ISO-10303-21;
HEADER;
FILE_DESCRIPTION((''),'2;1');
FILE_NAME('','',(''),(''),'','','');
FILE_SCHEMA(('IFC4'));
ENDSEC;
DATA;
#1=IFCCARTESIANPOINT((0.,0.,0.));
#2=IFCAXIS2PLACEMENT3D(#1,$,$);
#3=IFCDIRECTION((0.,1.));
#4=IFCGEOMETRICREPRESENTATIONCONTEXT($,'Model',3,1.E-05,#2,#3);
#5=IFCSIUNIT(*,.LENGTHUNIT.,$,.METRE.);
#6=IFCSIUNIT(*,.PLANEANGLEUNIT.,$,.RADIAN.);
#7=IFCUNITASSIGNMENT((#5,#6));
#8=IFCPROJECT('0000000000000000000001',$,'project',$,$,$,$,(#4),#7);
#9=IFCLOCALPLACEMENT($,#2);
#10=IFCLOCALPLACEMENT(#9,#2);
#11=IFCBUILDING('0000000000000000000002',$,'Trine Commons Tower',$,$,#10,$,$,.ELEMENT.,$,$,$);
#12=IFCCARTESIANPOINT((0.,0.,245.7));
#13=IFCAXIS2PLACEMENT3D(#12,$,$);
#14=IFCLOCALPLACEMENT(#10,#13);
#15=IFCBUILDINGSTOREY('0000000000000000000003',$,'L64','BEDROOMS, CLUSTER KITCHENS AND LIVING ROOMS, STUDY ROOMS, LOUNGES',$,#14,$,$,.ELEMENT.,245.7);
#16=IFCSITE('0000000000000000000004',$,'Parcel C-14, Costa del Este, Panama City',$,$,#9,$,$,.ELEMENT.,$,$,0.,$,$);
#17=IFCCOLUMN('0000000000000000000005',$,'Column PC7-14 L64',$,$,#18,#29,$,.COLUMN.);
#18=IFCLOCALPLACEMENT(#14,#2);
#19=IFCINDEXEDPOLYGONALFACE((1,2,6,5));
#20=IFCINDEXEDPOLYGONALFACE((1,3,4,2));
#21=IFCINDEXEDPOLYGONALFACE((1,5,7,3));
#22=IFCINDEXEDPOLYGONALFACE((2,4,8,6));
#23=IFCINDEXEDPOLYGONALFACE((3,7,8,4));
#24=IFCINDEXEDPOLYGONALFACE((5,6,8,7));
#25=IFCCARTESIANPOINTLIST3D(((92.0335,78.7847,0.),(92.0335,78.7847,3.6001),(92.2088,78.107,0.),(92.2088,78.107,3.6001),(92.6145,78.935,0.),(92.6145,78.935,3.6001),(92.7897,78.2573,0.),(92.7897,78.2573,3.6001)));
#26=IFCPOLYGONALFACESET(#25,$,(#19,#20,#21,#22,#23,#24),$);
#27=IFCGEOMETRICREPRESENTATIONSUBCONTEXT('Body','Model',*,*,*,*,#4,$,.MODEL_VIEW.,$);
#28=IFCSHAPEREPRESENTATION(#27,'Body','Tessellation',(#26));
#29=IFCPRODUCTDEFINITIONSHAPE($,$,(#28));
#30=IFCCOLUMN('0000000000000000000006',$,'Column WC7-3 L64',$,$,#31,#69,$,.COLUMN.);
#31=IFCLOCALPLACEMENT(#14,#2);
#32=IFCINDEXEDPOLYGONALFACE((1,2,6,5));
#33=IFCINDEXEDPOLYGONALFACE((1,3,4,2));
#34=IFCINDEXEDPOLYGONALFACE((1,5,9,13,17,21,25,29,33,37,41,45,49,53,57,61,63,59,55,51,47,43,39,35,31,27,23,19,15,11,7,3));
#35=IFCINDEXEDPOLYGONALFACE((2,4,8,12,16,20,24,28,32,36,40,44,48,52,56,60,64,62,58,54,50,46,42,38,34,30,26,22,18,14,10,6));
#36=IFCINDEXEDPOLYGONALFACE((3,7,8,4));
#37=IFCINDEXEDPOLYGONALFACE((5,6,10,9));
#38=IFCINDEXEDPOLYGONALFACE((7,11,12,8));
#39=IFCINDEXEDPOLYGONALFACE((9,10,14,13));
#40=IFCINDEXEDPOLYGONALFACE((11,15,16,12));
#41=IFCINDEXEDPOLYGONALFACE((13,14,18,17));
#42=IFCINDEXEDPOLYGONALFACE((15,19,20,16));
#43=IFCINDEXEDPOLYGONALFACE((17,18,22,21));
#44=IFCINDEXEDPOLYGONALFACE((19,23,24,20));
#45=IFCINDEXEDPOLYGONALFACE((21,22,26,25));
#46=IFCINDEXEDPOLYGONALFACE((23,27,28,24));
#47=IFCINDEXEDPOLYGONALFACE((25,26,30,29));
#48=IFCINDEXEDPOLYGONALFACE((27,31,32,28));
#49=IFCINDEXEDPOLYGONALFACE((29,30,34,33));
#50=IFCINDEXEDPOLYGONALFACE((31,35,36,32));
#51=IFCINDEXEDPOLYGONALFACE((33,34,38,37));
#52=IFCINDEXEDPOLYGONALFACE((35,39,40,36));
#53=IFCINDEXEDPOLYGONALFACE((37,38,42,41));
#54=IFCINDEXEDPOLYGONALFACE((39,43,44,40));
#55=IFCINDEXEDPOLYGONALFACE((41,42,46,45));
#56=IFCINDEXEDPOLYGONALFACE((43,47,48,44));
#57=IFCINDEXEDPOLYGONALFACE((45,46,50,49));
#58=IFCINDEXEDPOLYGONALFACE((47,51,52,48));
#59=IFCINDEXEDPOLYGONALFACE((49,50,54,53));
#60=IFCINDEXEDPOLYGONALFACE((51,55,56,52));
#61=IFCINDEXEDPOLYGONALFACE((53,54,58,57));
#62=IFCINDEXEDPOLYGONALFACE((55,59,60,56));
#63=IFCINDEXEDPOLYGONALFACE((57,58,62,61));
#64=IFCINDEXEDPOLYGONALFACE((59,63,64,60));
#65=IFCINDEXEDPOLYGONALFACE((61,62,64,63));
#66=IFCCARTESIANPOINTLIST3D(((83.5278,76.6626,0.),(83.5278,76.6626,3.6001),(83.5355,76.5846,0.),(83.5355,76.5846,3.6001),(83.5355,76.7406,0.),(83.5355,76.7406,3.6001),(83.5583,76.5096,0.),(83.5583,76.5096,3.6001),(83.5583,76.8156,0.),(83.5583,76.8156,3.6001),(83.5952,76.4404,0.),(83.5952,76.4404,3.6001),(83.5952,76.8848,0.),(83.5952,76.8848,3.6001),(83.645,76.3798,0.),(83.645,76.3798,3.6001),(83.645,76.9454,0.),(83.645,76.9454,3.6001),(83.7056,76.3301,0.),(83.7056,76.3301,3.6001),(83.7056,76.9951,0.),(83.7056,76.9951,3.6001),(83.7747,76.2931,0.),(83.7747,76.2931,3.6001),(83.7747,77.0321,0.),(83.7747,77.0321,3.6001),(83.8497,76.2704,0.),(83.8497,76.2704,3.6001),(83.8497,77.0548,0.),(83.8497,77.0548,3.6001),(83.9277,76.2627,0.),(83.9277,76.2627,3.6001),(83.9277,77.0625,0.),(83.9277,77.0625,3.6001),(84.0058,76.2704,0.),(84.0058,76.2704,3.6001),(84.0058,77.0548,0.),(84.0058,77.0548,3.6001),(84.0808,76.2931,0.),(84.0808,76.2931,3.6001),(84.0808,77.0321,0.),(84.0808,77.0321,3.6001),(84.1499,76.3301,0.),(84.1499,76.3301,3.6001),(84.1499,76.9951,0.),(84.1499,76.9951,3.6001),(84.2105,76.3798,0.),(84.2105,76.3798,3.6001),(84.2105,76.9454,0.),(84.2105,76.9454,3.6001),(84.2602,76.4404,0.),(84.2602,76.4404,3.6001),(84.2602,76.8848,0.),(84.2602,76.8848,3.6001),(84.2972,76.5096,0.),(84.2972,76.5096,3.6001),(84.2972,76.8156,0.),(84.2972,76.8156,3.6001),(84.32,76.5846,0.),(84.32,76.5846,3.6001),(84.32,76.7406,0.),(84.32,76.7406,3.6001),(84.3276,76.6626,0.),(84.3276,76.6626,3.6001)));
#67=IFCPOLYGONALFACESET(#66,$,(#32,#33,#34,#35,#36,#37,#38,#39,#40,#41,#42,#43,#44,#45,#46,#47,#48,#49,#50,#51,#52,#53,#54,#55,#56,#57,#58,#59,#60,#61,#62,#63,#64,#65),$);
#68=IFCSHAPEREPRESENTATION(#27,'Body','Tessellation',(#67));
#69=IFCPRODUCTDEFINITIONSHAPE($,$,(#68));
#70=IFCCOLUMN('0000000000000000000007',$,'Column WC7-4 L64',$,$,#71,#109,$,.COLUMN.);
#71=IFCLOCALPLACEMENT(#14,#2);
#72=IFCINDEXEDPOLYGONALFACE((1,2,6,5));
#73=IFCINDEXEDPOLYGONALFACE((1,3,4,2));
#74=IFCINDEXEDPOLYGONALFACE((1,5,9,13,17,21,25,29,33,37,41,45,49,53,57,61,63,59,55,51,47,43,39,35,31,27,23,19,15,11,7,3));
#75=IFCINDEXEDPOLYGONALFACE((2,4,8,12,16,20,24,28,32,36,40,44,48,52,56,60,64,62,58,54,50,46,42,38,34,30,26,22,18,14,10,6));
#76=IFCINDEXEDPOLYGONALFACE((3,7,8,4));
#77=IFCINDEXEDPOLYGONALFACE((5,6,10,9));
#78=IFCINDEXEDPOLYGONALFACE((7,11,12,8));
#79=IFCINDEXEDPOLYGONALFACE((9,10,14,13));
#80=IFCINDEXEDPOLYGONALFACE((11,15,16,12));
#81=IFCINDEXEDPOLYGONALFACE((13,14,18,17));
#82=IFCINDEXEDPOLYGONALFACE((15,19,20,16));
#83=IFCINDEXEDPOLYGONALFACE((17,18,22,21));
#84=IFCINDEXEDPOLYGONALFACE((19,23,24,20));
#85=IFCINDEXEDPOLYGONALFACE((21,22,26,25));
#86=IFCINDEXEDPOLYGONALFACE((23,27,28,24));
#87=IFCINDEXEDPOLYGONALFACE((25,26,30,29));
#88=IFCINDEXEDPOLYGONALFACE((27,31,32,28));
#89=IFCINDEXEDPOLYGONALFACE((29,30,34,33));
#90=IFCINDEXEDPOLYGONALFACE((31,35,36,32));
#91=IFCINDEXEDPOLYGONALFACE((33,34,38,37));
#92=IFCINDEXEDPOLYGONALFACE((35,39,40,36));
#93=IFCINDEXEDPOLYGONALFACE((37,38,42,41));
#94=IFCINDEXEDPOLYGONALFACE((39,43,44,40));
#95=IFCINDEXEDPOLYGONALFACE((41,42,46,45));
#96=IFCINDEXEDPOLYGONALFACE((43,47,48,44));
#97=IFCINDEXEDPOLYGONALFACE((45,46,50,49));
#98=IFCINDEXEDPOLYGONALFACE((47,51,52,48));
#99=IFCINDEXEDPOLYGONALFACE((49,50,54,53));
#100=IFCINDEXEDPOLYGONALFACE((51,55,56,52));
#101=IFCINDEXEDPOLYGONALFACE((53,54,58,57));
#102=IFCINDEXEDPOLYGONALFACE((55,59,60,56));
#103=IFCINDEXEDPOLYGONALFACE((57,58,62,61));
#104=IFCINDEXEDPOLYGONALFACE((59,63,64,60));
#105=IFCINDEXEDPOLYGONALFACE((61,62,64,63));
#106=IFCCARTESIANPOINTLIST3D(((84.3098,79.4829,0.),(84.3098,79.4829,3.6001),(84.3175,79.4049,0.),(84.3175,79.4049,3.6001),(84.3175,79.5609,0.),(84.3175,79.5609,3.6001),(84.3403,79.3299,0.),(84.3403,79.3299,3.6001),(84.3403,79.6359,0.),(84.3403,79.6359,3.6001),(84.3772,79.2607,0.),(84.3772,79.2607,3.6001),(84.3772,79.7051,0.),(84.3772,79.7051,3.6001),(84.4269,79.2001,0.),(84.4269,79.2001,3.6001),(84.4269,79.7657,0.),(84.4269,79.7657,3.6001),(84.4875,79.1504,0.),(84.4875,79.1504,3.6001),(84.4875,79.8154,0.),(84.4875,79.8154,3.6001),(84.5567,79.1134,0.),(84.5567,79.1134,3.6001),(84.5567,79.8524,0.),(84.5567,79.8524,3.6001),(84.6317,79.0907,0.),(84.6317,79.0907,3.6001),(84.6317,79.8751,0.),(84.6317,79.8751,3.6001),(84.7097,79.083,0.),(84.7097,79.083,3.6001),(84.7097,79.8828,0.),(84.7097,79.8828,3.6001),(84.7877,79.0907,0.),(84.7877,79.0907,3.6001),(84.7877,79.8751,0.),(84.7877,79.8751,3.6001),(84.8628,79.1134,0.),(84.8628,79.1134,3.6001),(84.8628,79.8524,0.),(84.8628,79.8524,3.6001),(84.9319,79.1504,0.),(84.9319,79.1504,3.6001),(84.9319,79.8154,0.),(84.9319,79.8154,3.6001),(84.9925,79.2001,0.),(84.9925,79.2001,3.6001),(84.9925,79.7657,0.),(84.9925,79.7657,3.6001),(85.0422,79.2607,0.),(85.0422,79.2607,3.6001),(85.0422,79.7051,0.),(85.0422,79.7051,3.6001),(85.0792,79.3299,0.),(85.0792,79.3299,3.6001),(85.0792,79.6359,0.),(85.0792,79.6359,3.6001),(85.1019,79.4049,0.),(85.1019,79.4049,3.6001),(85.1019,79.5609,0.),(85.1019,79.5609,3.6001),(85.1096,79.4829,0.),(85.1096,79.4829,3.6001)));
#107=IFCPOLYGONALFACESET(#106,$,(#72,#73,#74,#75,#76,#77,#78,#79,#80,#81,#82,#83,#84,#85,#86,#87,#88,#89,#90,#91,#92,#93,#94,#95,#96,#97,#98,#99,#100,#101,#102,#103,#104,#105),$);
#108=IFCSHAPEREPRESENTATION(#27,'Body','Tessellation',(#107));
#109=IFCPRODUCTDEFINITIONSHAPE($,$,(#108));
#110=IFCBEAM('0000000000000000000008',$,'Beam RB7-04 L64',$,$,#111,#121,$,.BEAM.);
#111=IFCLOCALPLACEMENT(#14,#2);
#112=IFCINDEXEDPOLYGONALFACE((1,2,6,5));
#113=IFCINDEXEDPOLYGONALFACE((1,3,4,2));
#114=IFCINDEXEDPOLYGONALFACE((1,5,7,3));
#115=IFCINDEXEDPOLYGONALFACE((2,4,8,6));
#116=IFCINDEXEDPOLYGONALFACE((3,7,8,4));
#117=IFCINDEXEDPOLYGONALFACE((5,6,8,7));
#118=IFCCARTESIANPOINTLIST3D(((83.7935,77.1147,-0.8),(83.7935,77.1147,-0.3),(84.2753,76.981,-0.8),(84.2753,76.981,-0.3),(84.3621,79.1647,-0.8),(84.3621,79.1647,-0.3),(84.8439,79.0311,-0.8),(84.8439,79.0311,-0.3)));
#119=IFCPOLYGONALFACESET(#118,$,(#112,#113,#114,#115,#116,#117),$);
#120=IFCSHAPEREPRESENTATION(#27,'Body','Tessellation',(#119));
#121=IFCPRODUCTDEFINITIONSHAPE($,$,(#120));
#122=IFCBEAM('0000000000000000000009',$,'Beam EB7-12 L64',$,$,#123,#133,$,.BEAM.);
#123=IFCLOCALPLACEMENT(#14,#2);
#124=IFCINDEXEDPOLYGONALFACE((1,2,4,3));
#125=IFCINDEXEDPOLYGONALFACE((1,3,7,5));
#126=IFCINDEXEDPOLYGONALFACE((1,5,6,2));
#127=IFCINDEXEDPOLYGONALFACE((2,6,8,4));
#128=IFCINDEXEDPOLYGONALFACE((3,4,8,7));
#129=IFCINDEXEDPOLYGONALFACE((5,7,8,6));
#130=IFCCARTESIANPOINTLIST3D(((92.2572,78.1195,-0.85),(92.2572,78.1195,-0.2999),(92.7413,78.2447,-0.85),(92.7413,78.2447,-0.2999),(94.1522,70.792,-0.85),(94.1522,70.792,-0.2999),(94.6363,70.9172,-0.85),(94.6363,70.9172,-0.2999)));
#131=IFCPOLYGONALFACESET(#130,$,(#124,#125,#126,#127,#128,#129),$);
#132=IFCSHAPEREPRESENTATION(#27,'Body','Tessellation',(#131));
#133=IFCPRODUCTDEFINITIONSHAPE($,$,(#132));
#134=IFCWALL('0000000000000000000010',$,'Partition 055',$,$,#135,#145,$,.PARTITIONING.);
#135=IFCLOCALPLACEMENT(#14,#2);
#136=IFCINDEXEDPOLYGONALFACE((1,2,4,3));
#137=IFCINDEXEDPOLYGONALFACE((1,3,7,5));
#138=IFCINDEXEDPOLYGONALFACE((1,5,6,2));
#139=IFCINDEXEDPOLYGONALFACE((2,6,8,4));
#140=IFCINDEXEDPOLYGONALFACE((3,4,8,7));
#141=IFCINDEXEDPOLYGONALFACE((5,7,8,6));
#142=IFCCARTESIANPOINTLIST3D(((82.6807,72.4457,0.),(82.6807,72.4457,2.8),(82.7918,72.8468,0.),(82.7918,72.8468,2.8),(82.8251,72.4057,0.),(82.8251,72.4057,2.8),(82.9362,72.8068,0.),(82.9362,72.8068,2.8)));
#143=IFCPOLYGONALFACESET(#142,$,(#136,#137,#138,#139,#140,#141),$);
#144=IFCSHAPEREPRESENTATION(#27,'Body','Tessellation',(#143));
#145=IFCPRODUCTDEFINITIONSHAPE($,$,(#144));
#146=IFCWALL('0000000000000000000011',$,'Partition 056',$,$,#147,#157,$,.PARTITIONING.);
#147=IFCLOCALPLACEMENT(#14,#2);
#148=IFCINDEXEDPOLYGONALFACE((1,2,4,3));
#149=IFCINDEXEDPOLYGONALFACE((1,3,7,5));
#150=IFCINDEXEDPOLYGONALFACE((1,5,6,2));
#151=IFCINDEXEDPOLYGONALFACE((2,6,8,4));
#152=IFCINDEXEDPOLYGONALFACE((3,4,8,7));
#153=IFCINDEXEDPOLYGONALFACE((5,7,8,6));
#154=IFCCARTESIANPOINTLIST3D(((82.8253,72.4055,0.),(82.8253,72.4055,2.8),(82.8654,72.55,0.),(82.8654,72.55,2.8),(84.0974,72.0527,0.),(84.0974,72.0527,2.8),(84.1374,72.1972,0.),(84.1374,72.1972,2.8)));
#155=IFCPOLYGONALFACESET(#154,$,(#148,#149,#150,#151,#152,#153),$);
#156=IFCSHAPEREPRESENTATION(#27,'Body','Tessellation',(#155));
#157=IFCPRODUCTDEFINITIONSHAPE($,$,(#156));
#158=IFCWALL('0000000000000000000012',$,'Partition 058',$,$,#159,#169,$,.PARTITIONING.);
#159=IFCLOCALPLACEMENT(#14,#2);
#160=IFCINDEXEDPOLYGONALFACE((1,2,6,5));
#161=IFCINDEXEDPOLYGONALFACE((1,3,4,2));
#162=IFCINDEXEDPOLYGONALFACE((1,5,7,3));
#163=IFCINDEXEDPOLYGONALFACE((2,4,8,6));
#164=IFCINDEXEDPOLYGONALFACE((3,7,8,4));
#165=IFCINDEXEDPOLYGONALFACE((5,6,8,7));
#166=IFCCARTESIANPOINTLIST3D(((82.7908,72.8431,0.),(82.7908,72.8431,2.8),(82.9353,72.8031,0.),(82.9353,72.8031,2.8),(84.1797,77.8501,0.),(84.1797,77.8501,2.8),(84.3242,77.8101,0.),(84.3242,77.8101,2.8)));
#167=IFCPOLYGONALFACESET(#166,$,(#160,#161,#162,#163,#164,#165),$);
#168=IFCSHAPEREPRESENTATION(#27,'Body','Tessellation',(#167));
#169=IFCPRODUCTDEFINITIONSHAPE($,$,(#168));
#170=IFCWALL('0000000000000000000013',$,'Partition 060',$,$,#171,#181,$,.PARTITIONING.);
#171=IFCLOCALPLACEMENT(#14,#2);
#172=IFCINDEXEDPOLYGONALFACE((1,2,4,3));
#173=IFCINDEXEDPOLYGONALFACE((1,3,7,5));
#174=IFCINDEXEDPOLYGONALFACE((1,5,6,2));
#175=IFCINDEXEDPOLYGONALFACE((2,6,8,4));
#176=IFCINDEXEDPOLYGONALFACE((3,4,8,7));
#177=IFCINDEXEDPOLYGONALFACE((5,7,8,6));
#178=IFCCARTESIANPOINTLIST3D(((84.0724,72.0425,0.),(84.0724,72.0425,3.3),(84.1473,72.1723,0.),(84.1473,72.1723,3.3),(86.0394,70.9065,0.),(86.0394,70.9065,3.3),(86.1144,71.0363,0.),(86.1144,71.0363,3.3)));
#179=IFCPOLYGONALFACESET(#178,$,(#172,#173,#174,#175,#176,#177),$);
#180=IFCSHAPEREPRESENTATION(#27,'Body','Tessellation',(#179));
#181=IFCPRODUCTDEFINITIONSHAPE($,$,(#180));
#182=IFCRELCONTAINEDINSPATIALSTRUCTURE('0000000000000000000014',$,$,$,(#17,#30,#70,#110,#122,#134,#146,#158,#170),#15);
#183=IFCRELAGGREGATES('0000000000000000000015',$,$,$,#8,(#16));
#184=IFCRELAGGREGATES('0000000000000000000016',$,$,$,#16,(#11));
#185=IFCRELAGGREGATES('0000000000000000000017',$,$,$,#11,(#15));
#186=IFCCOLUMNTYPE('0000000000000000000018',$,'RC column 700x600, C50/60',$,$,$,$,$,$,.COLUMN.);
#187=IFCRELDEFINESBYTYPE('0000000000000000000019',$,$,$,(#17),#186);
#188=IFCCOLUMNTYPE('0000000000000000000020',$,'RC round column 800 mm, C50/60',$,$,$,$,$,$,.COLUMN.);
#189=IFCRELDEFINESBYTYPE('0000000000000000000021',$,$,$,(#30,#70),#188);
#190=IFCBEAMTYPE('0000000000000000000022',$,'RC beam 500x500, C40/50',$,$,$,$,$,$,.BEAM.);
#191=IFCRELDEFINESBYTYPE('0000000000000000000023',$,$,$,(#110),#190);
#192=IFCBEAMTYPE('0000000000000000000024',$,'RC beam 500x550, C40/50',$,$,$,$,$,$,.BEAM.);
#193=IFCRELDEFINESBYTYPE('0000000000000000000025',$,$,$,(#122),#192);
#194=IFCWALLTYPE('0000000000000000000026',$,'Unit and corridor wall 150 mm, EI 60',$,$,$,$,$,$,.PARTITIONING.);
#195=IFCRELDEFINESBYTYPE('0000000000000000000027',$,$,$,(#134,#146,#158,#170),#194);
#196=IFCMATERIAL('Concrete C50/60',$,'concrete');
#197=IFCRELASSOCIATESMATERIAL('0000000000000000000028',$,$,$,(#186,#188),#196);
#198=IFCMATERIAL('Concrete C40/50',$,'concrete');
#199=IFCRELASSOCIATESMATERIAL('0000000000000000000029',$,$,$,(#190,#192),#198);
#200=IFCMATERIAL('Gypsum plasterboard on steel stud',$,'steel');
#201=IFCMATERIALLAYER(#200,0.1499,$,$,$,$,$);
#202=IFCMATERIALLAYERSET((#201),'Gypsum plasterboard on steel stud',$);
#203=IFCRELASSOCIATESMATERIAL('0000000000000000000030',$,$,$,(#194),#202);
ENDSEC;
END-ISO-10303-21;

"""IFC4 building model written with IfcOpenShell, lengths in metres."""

from ifc_helpers import new_model, si_unit, direction, frame, frame_2d, origin, origin_2d, place, context, subcontext, project, spatial, rectangle, circle, extrude, material, layer, layer_set, material_profile, profile_set, type_object, element, save


model = new_model("IFC4")

# Units and contexts
model_context = context("Model", 3, precision=1e-05, world=origin(), true_north=direction((0.0, 1.0)))
body_context = subcontext(model_context, "Body", "Model", "MODEL_VIEW")
ifc_project = project(units=[si_unit("LENGTHUNIT", "METRE"), si_unit("PLANEANGLEUNIT", "RADIAN")], contexts=[model_context])

# Site, building, storey
site_placement = place(None, origin())
site = spatial("IfcSite", under=ifc_project, at=site_placement, Name="Parcel C-14, Costa del Este, Panama City", CompositionType="ELEMENT", RefElevation=0.0)
building_placement = place(site_placement, origin())
building = spatial("IfcBuilding", under=site, at=building_placement, Name="Trine Commons Tower", CompositionType="ELEMENT")
storey_placement = place(building_placement, frame((0.0, 0.0, 245.7)))
storey = spatial("IfcBuildingStorey", under=building, at=storey_placement, Name="L64", Description="BEDROOMS, CLUSTER KITCHENS AND LIVING ROOMS, STUDY ROOMS, LOUNGES", CompositionType="ELEMENT", Elevation=245.7)

# Columns
ifc_material_1 = material(Name="Concrete C50/60", Category="concrete")
ifc_material_profile_1 = material_profile(ifc_material_1, rectangle(XDim=0.7, YDim=0.6001, at=origin_2d()), Name="RC 700x600")
ifc_profile_set_1 = profile_set([ifc_material_profile_1], Name="Concrete C50/60")
column_type_1 = type_object("IfcColumnType", Name="RC column 700x600, C50/60", PredefinedType="COLUMN", material=ifc_profile_set_1)
column_placement = place(storey_placement, frame((92.4116, 78.521, 0.0), z_axis=(0.0, 0.0, 1.0), x_axis=(-0.25038, 0.968148, 0.0)))
element("IfcColumn", 1, at=column_placement, inside=storey, type_object=column_type_1, Name="Column PC7-14 L64", PredefinedType="COLUMN", context=body_context, shape_type="SweptSolid", body=[
    extrude(rectangle(XDim=0.7, YDim=0.6001, at=origin_2d()), origin(), (0.0, 0.0, 1.0), 3.6001),
])
ifc_material_profile_2 = material_profile(ifc_material_1, circle(Radius=0.3999, at=origin_2d()), Name="RC round 800")
ifc_profile_set_2 = profile_set([ifc_material_profile_2], Name="Concrete C50/60")
column_type_2 = type_object("IfcColumnType", Name="RC round column 800 mm, C50/60", PredefinedType="COLUMN", material=ifc_profile_set_2)
for number, where, z_axis, x_axis, name in (
    (2, (83.9277, 76.6626, 0.0), (0.0, 0.0, 1.0), (1.0, 0.0, 0.0), "Column WC7-3 L64"),
    (3, (84.7097, 79.4829, 0.0), (0.0, 0.0, 1.0), (1.0, 0.0, 0.0), "Column WC7-4 L64"),
):
    element("IfcColumn", number, at=place(storey_placement, frame(where, z_axis=z_axis, x_axis=x_axis)), inside=storey, type_object=column_type_2, Name=name, PredefinedType="COLUMN", context=body_context, shape_type="SweptSolid", body=[
        extrude(circle(Radius=0.3999, at=origin_2d()), origin(), (0.0, 0.0, 1.0), 3.6001),
    ])

# Beams
ifc_material_2 = material(Name="Concrete C40/50", Category="concrete")
ifc_material_profile_3 = material_profile(ifc_material_2, rectangle(XDim=0.5, YDim=0.5, at=origin_2d()), Name="RC 500x500")
ifc_profile_set_3 = profile_set([ifc_material_profile_3], Name="Concrete C40/50")
beam_type_1 = type_object("IfcBeamType", Name="RC beam 500x500, C40/50", PredefinedType="BEAM", material=ifc_profile_set_3)
beam_1_placement = place(storey_placement, frame((84.0344, 77.0479, -0.55), z_axis=(0.267271, 0.963621, 0.0), x_axis=(-0.963621, 0.267271, 0.0)))
element("IfcBeam", 4, at=beam_1_placement, inside=storey, type_object=beam_type_1, Name="Beam RB7-04 L64", PredefinedType="BEAM", context=body_context, shape_type="SweptSolid", body=[
    extrude(rectangle(XDim=0.5, YDim=0.5, at=origin_2d()), origin(), (0.0, 0.0, 1.0), 2.1274),
])
ifc_material_profile_4 = material_profile(ifc_material_2, rectangle(XDim=0.5, YDim=0.55, at=origin_2d()), Name="RC 500x550")
ifc_profile_set_4 = profile_set([ifc_material_profile_4], Name="Concrete C40/50")
beam_type_2 = type_object("IfcBeamType", Name="RC beam 500x550, C40/50", PredefinedType="BEAM", material=ifc_profile_set_4)
beam_2_placement = place(storey_placement, frame((92.4993, 78.1821, -0.575), z_axis=(0.250376, -0.968149, 0.0), x_axis=(0.968149, 0.250376, 0.0)))
element("IfcBeam", 5, at=beam_2_placement, inside=storey, type_object=beam_type_2, Name="Beam EB7-12 L64", PredefinedType="BEAM", context=body_context, shape_type="SweptSolid", body=[
    extrude(rectangle(XDim=0.5, YDim=0.55, at=origin_2d()), origin(), (0.0, 0.0, 1.0), 7.5686),
])

# Walls
ifc_material_3 = material(Name="Gypsum plasterboard on steel stud", Category="steel")
ifc_layer_1 = layer(ifc_material_3, 0.1499)
ifc_layer_set_1 = layer_set([ifc_layer_1], Name="Gypsum plasterboard on steel stud")
wall_type_1 = type_object("IfcWallType", Name="Unit and corridor wall 150 mm, EI 60", PredefinedType="PARTITIONING", material=ifc_layer_set_1)
wall_1_placement = place(storey_placement, frame((82.7529, 72.4258, 0.0), z_axis=(0.0, 0.0, 1.0), x_axis=(0.266887, 0.963728, 0.0)))
element("IfcWall", 6, at=wall_1_placement, inside=storey, type_object=wall_type_1, Name="Partition 055", PredefinedType="PARTITIONING", context=body_context, shape_type="SweptSolid", body=[
    extrude(rectangle(XDim=0.4163, YDim=0.1499, at=frame_2d((0.208, 0.0))), origin(), (0.0, 0.0, 1.0), 2.8),
])
wall_2_placement = place(storey_placement, frame((82.8452, 72.4778, 0.0), z_axis=(0.0, 0.0, 1.0), x_axis=(0.963624, -0.267262, 0.0)))
element("IfcWall", 7, at=wall_2_placement, inside=storey, type_object=wall_type_1, Name="Partition 056", PredefinedType="PARTITIONING", context=body_context, shape_type="SweptSolid", body=[
    extrude(rectangle(XDim=1.3201, YDim=0.1499, at=frame_2d((0.6602, 0.0))), origin(), (0.0, 0.0, 1.0), 2.8),
])
wall_3_placement = place(storey_placement, frame((82.863, 72.823, 0.0), z_axis=(0.0, 0.0, 1.0), x_axis=(0.267297, 0.963614, 0.0)))
element("IfcWall", 8, at=wall_3_placement, inside=storey, type_object=wall_type_1, Name="Partition 058", PredefinedType="PARTITIONING", context=body_context, shape_type="SweptSolid", body=[
    extrude(rectangle(XDim=5.196, YDim=0.1499, at=frame_2d((2.5981, 0.0))), origin(), (0.0, 0.0, 1.0), 2.8),
])
wall_4_placement = place(storey_placement, frame((84.1099, 72.1074, 0.0), z_axis=(0.0, 0.0, 1.0), x_axis=(0.865965, -0.500104, 0.0)))
element("IfcWall", 9, at=wall_4_placement, inside=storey, type_object=wall_type_1, Name="Partition 060", PredefinedType="PARTITIONING", context=body_context, shape_type="SweptSolid", body=[
    extrude(rectangle(XDim=2.2715, YDim=0.1499, at=frame_2d((1.1357, 0.0))), origin(), (0.0, 0.0, 1.0), 3.3),
])

save(model, "model.ifc")
